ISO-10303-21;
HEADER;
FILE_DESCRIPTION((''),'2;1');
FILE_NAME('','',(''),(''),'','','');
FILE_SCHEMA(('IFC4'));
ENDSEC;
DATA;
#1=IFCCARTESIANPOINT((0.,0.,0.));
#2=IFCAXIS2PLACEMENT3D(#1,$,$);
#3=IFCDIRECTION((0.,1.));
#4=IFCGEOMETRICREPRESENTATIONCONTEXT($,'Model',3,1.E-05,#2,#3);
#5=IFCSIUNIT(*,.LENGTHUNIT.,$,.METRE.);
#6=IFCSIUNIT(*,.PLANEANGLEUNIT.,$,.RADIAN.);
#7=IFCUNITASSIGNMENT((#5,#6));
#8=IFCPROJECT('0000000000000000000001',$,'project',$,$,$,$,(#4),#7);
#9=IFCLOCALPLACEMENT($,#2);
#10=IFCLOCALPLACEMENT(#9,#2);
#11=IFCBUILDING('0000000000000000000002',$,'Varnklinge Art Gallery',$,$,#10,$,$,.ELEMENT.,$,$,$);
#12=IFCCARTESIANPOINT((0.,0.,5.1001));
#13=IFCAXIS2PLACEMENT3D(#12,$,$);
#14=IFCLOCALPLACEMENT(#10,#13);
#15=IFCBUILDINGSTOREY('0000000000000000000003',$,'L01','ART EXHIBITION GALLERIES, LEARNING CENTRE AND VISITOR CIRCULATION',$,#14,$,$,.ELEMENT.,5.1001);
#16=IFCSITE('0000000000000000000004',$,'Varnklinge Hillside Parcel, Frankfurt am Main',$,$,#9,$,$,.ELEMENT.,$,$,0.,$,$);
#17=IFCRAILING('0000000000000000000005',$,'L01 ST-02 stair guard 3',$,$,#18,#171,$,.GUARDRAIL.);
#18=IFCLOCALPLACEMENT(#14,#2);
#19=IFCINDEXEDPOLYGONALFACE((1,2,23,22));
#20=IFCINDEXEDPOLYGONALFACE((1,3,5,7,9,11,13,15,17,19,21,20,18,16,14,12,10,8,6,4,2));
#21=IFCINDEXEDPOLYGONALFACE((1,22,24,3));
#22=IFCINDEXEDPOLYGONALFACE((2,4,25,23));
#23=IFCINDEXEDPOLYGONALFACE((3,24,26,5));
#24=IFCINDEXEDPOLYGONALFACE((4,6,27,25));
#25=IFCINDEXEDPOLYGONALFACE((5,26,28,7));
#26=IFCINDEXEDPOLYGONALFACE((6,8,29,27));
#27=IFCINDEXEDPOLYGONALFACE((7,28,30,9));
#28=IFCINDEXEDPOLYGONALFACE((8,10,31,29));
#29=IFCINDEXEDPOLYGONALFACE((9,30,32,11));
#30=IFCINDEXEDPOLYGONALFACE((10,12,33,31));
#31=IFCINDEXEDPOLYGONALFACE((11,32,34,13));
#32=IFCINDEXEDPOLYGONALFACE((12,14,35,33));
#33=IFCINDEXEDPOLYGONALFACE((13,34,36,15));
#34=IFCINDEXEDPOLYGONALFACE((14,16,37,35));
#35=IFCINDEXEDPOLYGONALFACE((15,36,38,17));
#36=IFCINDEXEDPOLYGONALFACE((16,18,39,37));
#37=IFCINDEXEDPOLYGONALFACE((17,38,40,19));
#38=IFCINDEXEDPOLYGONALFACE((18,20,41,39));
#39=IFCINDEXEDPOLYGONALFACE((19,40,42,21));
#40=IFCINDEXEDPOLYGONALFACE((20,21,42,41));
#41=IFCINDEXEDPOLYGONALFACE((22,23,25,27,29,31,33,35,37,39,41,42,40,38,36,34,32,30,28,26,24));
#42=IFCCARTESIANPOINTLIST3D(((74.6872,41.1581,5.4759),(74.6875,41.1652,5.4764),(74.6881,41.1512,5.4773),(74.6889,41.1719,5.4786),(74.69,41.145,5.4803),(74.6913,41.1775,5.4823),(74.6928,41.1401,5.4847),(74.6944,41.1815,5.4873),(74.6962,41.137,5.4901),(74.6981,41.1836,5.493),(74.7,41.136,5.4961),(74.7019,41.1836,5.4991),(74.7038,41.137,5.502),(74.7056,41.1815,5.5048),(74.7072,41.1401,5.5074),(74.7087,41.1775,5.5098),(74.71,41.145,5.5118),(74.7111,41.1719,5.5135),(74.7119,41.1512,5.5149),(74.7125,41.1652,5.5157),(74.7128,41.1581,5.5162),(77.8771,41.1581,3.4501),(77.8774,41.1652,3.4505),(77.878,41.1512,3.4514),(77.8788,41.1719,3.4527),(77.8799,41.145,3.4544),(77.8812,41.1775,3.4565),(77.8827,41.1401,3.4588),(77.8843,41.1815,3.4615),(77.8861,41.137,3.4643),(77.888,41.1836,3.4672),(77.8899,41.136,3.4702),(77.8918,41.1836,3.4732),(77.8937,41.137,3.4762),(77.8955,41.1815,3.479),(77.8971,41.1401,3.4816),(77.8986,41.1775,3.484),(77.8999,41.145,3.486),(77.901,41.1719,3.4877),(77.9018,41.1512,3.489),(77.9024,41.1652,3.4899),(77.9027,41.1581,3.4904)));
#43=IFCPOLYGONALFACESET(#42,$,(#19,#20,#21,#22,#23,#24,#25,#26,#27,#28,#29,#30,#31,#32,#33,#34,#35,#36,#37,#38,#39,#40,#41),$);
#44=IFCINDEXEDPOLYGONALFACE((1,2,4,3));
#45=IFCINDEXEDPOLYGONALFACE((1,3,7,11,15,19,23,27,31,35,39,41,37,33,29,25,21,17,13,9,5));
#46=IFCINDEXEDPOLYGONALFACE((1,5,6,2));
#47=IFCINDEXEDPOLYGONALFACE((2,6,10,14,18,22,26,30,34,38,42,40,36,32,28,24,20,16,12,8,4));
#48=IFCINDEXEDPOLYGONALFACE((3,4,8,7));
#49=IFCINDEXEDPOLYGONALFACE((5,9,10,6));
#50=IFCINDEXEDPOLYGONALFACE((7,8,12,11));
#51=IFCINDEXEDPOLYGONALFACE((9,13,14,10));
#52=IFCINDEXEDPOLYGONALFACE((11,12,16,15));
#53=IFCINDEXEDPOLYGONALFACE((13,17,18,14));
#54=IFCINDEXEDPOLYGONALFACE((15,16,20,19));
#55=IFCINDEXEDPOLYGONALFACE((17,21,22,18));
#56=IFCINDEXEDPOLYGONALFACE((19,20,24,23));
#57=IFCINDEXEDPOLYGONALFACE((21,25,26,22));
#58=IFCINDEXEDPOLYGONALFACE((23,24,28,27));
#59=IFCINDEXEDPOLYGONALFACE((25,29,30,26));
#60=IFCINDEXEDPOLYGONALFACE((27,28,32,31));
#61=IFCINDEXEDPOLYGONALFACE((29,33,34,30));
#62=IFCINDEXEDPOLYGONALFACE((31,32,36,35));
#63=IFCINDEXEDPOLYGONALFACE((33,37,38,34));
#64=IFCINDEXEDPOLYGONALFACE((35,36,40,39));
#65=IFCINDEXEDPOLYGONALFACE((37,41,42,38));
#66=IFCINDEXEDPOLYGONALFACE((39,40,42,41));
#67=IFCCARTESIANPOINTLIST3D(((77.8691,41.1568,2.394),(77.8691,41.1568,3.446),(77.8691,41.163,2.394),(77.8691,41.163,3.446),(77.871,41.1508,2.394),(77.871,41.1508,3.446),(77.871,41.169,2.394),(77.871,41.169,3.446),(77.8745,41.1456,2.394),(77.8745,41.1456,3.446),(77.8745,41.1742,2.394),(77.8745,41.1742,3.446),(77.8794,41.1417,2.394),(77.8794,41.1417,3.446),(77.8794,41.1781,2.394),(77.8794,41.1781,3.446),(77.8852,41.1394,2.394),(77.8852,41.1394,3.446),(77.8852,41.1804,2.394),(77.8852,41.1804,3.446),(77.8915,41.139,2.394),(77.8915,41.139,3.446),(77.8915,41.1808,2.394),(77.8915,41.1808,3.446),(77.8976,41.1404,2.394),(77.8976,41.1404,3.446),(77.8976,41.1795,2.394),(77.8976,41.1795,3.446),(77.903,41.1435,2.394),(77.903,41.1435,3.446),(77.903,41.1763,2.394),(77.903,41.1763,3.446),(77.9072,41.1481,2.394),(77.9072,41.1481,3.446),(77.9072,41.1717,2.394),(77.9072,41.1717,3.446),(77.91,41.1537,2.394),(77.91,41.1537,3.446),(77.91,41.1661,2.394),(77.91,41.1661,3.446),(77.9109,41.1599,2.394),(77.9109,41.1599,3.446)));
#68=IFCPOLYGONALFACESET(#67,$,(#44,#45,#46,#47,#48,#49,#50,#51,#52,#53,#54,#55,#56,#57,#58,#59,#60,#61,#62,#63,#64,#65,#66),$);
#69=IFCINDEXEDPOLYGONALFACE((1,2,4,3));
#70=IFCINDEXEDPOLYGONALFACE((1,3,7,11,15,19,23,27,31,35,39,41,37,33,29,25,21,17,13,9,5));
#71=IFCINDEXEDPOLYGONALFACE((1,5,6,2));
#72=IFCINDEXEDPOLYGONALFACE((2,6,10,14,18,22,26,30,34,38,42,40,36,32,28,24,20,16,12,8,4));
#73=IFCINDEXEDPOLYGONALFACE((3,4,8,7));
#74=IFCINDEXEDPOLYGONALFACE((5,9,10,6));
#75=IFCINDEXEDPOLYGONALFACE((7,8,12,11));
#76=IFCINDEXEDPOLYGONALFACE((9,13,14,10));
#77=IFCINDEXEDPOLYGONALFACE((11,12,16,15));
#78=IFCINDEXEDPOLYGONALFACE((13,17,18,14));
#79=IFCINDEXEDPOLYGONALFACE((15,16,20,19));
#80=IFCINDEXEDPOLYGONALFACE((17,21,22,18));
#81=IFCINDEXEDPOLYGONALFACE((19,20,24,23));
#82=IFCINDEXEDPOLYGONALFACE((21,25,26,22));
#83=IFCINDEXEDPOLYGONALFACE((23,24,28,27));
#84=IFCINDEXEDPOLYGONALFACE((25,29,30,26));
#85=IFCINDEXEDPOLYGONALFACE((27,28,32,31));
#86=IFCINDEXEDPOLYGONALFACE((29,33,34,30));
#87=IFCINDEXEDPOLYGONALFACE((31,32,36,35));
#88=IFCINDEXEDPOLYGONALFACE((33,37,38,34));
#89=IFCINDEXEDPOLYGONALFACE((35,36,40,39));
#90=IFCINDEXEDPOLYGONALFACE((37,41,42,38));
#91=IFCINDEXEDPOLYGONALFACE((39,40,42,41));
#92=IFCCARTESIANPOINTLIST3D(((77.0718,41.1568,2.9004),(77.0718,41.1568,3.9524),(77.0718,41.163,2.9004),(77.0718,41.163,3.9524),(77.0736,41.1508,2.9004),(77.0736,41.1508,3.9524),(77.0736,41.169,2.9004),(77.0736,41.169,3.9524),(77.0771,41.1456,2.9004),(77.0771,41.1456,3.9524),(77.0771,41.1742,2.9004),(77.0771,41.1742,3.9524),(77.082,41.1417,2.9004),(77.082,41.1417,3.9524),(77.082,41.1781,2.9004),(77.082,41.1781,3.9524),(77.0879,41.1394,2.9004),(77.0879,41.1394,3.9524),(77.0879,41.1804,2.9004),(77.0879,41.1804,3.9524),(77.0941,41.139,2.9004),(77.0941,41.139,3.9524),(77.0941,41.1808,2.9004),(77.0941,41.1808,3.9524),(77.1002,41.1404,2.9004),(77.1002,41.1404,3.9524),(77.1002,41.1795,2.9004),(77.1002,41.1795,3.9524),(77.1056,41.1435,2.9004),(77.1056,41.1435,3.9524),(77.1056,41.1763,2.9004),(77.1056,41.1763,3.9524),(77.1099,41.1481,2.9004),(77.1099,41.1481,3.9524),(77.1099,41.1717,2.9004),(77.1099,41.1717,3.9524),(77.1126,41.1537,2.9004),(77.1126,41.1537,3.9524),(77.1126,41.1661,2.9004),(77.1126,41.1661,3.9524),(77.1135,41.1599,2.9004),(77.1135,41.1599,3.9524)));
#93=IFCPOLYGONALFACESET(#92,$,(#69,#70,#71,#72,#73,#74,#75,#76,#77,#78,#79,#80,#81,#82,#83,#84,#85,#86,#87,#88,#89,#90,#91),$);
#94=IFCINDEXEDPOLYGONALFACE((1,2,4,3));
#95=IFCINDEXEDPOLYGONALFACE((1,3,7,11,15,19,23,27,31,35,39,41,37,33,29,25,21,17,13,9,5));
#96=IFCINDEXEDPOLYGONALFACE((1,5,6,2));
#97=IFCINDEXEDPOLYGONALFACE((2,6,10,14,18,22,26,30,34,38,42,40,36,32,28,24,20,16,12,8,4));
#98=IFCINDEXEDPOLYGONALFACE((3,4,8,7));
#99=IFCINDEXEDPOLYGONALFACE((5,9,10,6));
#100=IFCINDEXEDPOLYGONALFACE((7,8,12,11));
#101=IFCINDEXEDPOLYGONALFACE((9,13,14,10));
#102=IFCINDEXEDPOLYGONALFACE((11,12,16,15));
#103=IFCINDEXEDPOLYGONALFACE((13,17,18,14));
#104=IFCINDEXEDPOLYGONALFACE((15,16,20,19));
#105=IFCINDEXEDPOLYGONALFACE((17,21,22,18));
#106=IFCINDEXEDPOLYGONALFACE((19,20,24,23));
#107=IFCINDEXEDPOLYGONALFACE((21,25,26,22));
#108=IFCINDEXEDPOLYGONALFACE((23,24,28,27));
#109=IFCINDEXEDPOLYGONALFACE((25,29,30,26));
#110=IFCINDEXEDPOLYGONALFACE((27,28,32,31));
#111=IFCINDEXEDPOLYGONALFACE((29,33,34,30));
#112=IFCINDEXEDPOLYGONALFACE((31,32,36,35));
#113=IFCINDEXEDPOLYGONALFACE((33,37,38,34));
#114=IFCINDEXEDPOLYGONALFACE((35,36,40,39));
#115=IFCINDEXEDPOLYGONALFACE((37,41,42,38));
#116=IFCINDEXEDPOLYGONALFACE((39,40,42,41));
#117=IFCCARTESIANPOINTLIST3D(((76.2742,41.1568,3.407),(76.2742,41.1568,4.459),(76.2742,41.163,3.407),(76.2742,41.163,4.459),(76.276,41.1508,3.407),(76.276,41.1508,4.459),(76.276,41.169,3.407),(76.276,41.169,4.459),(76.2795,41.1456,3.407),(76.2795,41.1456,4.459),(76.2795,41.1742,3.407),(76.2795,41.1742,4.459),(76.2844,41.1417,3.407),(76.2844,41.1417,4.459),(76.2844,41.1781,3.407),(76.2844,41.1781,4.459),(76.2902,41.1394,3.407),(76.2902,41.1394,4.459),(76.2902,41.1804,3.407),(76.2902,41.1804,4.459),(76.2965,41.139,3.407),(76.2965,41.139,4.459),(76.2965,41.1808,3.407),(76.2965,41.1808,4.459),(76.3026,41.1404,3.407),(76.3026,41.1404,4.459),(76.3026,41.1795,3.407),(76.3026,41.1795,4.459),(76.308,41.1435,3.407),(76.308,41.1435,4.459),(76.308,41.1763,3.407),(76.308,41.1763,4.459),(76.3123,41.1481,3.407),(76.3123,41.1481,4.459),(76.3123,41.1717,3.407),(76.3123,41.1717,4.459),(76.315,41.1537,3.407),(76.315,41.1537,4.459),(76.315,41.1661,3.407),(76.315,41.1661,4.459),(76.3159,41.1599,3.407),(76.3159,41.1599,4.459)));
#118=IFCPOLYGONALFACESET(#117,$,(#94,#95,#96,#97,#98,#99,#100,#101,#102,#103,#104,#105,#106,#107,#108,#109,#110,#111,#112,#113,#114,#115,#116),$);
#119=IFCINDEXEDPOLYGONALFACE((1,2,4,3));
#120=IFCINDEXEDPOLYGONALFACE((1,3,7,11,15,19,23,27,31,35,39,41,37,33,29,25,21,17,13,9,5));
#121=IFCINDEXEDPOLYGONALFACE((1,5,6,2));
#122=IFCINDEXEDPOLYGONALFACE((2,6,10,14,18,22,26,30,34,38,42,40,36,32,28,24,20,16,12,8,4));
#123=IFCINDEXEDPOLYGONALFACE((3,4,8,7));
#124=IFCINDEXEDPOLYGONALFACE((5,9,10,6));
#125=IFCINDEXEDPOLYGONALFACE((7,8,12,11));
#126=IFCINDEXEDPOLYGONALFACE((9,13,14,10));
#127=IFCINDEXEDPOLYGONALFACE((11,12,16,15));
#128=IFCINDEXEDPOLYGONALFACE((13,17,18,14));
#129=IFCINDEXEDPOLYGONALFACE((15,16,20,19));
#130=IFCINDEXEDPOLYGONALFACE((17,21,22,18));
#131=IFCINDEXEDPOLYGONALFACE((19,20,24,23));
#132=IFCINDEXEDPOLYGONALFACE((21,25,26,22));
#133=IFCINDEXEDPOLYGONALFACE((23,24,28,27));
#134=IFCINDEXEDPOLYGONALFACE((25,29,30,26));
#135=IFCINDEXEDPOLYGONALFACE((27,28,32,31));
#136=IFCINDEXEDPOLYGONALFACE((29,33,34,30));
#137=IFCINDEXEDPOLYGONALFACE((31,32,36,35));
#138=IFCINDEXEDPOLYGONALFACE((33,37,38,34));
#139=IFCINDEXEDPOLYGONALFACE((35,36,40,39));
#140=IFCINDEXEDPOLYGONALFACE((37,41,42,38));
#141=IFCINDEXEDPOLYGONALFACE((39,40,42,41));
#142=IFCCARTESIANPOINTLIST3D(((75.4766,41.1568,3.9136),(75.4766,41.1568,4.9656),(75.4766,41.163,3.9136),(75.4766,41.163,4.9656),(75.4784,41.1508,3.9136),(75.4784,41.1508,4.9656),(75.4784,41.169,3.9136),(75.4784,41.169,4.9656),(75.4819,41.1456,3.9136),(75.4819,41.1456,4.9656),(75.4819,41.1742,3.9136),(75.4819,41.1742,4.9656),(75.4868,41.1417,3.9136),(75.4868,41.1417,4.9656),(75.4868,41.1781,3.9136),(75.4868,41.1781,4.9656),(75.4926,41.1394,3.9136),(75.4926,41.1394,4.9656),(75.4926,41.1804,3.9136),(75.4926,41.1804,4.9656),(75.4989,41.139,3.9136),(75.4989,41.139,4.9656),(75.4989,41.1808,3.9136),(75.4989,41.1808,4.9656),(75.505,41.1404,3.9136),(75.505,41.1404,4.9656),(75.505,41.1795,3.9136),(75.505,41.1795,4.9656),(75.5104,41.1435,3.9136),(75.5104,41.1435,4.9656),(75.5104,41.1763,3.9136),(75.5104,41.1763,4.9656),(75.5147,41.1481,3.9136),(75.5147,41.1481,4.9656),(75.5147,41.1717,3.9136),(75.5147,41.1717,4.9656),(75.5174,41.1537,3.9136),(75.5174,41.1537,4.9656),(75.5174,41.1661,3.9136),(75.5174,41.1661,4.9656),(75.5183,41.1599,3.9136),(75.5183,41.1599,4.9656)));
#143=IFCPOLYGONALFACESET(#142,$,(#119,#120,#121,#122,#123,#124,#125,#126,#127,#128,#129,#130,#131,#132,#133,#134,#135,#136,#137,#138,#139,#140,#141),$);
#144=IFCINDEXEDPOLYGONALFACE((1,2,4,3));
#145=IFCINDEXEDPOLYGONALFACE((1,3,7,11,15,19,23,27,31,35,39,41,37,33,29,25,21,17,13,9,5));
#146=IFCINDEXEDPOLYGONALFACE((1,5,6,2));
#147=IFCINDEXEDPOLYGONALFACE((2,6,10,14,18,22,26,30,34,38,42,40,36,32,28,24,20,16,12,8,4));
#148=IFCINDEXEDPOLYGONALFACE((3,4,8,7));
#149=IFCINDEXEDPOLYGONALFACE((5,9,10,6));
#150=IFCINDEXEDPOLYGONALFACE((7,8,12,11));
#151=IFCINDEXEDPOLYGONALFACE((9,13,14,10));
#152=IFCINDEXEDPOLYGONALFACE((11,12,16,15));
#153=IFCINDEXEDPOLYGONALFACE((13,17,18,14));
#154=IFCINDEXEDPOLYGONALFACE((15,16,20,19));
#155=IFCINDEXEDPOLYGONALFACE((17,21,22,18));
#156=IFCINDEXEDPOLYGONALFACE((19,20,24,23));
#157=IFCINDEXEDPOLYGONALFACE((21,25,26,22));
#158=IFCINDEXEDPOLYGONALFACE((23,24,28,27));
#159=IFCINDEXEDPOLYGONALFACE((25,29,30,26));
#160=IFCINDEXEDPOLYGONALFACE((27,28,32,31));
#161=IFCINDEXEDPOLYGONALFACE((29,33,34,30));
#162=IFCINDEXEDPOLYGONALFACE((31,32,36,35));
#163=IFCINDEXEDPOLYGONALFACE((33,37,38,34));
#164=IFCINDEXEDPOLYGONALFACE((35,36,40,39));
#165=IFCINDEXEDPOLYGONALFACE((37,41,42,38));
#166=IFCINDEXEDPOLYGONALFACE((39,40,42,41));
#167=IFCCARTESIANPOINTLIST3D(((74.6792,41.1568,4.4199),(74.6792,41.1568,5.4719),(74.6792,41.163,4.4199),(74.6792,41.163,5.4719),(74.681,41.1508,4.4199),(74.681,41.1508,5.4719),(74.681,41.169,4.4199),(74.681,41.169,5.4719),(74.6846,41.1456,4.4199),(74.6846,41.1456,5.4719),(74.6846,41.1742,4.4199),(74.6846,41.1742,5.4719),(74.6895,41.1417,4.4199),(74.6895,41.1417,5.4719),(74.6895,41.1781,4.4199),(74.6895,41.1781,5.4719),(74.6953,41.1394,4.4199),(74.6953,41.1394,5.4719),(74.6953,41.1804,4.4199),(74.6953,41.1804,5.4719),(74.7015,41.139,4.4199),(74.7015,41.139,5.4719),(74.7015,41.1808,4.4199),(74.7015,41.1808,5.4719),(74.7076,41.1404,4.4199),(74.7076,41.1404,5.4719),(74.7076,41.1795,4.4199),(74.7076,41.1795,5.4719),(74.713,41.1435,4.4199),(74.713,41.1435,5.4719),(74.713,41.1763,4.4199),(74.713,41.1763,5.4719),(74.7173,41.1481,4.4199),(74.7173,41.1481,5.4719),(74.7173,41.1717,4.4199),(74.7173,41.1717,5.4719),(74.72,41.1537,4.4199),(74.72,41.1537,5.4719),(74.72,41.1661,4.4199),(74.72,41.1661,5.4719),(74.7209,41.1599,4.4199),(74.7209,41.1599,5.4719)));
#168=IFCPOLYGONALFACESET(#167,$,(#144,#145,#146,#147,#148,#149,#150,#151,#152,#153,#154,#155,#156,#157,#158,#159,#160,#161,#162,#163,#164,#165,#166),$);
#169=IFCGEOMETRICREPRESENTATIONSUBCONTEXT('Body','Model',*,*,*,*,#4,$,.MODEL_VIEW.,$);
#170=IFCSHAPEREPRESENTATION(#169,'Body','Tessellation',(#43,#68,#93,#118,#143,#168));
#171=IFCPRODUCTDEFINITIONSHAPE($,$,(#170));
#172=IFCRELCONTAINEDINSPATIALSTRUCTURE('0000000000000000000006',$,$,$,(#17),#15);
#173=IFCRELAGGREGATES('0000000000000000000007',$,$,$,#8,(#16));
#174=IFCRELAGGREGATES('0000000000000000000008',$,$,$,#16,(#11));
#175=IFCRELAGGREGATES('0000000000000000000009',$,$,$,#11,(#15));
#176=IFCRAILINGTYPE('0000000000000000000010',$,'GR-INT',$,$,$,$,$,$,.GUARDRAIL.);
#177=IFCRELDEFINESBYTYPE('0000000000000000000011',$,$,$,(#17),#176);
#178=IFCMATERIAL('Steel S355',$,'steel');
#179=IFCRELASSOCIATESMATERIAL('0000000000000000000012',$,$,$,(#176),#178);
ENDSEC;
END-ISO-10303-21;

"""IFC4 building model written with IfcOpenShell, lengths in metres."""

from ifc_helpers import new_model, si_unit, direction, frame, origin, origin_2d, place, context, subcontext, project, spatial, circle, extrude, material, type_object, element, save


model = new_model("IFC4")

# Units and contexts
model_context = context("Model", 3, precision=1e-05, world=origin(), true_north=direction((0.0, 1.0)))
body_context = subcontext(model_context, "Body", "Model", "MODEL_VIEW")
ifc_project = project(units=[si_unit("LENGTHUNIT", "METRE"), si_unit("PLANEANGLEUNIT", "RADIAN")], contexts=[model_context])

# Site, building, storey
site_placement = place(None, origin())
site = spatial("IfcSite", under=ifc_project, at=site_placement, Name="Varnklinge Hillside Parcel, Frankfurt am Main", CompositionType="ELEMENT", RefElevation=0.0)
building_placement = place(site_placement, origin())
building = spatial("IfcBuilding", under=site, at=building_placement, Name="Varnklinge Art Gallery", CompositionType="ELEMENT")
storey_placement = place(building_placement, frame((0.0, 0.0, 5.1001)))
storey = spatial("IfcBuildingStorey", under=building, at=storey_placement, Name="L01", Description="ART EXHIBITION GALLERIES, LEARNING CENTRE AND VISITOR CIRCULATION", CompositionType="ELEMENT", Elevation=5.1001)

# Railing
ifc_material_1 = material(Name="Steel S355", Category="steel")
railing_type_1 = type_object("IfcRailingType", Name="GR-INT", PredefinedType="GUARDRAIL", material=ifc_material_1)
railing_1_placement = place(storey_placement, frame((77.8899, 41.1599, 2.394)))
element("IfcRailing", 1, at=railing_1_placement, inside=storey, type_object=railing_type_1, Name="L01 ST-02 stair guard 3", PredefinedType="GUARDRAIL", context=body_context, shape_type="SweptSolid", body=[
    extrude(circle(Radius=0.0239, at=origin_2d()), frame((0.0, 0.0, 1.0762), z_axis=(-0.844151, 0.0, 0.536106), x_axis=(0.0, -1.0, 0.0)), (0.0, 0.0, 1.0), 3.7788),
    extrude(circle(Radius=0.021, at=origin_2d()), origin(), (0.0, 0.0, 1.0), 1.052),
    extrude(circle(Radius=0.021, at=origin_2d()), frame((-0.7974, 0.0, 0.5063)), (0.0, 0.0, 1.0), 1.052),
    extrude(circle(Radius=0.021, at=origin_2d()), frame((-1.595, 0.0, 1.0129)), (0.0, 0.0, 1.0), 1.052),
    extrude(circle(Radius=0.021, at=origin_2d()), frame((-2.3926, 0.0, 1.5195)), (0.0, 0.0, 1.0), 1.052),
    extrude(circle(Radius=0.021, at=origin_2d()), frame((-3.1899, 0.0, 2.0259)), (0.0, 0.0, 1.0), 1.052),
])

save(model, "model.ifc")
